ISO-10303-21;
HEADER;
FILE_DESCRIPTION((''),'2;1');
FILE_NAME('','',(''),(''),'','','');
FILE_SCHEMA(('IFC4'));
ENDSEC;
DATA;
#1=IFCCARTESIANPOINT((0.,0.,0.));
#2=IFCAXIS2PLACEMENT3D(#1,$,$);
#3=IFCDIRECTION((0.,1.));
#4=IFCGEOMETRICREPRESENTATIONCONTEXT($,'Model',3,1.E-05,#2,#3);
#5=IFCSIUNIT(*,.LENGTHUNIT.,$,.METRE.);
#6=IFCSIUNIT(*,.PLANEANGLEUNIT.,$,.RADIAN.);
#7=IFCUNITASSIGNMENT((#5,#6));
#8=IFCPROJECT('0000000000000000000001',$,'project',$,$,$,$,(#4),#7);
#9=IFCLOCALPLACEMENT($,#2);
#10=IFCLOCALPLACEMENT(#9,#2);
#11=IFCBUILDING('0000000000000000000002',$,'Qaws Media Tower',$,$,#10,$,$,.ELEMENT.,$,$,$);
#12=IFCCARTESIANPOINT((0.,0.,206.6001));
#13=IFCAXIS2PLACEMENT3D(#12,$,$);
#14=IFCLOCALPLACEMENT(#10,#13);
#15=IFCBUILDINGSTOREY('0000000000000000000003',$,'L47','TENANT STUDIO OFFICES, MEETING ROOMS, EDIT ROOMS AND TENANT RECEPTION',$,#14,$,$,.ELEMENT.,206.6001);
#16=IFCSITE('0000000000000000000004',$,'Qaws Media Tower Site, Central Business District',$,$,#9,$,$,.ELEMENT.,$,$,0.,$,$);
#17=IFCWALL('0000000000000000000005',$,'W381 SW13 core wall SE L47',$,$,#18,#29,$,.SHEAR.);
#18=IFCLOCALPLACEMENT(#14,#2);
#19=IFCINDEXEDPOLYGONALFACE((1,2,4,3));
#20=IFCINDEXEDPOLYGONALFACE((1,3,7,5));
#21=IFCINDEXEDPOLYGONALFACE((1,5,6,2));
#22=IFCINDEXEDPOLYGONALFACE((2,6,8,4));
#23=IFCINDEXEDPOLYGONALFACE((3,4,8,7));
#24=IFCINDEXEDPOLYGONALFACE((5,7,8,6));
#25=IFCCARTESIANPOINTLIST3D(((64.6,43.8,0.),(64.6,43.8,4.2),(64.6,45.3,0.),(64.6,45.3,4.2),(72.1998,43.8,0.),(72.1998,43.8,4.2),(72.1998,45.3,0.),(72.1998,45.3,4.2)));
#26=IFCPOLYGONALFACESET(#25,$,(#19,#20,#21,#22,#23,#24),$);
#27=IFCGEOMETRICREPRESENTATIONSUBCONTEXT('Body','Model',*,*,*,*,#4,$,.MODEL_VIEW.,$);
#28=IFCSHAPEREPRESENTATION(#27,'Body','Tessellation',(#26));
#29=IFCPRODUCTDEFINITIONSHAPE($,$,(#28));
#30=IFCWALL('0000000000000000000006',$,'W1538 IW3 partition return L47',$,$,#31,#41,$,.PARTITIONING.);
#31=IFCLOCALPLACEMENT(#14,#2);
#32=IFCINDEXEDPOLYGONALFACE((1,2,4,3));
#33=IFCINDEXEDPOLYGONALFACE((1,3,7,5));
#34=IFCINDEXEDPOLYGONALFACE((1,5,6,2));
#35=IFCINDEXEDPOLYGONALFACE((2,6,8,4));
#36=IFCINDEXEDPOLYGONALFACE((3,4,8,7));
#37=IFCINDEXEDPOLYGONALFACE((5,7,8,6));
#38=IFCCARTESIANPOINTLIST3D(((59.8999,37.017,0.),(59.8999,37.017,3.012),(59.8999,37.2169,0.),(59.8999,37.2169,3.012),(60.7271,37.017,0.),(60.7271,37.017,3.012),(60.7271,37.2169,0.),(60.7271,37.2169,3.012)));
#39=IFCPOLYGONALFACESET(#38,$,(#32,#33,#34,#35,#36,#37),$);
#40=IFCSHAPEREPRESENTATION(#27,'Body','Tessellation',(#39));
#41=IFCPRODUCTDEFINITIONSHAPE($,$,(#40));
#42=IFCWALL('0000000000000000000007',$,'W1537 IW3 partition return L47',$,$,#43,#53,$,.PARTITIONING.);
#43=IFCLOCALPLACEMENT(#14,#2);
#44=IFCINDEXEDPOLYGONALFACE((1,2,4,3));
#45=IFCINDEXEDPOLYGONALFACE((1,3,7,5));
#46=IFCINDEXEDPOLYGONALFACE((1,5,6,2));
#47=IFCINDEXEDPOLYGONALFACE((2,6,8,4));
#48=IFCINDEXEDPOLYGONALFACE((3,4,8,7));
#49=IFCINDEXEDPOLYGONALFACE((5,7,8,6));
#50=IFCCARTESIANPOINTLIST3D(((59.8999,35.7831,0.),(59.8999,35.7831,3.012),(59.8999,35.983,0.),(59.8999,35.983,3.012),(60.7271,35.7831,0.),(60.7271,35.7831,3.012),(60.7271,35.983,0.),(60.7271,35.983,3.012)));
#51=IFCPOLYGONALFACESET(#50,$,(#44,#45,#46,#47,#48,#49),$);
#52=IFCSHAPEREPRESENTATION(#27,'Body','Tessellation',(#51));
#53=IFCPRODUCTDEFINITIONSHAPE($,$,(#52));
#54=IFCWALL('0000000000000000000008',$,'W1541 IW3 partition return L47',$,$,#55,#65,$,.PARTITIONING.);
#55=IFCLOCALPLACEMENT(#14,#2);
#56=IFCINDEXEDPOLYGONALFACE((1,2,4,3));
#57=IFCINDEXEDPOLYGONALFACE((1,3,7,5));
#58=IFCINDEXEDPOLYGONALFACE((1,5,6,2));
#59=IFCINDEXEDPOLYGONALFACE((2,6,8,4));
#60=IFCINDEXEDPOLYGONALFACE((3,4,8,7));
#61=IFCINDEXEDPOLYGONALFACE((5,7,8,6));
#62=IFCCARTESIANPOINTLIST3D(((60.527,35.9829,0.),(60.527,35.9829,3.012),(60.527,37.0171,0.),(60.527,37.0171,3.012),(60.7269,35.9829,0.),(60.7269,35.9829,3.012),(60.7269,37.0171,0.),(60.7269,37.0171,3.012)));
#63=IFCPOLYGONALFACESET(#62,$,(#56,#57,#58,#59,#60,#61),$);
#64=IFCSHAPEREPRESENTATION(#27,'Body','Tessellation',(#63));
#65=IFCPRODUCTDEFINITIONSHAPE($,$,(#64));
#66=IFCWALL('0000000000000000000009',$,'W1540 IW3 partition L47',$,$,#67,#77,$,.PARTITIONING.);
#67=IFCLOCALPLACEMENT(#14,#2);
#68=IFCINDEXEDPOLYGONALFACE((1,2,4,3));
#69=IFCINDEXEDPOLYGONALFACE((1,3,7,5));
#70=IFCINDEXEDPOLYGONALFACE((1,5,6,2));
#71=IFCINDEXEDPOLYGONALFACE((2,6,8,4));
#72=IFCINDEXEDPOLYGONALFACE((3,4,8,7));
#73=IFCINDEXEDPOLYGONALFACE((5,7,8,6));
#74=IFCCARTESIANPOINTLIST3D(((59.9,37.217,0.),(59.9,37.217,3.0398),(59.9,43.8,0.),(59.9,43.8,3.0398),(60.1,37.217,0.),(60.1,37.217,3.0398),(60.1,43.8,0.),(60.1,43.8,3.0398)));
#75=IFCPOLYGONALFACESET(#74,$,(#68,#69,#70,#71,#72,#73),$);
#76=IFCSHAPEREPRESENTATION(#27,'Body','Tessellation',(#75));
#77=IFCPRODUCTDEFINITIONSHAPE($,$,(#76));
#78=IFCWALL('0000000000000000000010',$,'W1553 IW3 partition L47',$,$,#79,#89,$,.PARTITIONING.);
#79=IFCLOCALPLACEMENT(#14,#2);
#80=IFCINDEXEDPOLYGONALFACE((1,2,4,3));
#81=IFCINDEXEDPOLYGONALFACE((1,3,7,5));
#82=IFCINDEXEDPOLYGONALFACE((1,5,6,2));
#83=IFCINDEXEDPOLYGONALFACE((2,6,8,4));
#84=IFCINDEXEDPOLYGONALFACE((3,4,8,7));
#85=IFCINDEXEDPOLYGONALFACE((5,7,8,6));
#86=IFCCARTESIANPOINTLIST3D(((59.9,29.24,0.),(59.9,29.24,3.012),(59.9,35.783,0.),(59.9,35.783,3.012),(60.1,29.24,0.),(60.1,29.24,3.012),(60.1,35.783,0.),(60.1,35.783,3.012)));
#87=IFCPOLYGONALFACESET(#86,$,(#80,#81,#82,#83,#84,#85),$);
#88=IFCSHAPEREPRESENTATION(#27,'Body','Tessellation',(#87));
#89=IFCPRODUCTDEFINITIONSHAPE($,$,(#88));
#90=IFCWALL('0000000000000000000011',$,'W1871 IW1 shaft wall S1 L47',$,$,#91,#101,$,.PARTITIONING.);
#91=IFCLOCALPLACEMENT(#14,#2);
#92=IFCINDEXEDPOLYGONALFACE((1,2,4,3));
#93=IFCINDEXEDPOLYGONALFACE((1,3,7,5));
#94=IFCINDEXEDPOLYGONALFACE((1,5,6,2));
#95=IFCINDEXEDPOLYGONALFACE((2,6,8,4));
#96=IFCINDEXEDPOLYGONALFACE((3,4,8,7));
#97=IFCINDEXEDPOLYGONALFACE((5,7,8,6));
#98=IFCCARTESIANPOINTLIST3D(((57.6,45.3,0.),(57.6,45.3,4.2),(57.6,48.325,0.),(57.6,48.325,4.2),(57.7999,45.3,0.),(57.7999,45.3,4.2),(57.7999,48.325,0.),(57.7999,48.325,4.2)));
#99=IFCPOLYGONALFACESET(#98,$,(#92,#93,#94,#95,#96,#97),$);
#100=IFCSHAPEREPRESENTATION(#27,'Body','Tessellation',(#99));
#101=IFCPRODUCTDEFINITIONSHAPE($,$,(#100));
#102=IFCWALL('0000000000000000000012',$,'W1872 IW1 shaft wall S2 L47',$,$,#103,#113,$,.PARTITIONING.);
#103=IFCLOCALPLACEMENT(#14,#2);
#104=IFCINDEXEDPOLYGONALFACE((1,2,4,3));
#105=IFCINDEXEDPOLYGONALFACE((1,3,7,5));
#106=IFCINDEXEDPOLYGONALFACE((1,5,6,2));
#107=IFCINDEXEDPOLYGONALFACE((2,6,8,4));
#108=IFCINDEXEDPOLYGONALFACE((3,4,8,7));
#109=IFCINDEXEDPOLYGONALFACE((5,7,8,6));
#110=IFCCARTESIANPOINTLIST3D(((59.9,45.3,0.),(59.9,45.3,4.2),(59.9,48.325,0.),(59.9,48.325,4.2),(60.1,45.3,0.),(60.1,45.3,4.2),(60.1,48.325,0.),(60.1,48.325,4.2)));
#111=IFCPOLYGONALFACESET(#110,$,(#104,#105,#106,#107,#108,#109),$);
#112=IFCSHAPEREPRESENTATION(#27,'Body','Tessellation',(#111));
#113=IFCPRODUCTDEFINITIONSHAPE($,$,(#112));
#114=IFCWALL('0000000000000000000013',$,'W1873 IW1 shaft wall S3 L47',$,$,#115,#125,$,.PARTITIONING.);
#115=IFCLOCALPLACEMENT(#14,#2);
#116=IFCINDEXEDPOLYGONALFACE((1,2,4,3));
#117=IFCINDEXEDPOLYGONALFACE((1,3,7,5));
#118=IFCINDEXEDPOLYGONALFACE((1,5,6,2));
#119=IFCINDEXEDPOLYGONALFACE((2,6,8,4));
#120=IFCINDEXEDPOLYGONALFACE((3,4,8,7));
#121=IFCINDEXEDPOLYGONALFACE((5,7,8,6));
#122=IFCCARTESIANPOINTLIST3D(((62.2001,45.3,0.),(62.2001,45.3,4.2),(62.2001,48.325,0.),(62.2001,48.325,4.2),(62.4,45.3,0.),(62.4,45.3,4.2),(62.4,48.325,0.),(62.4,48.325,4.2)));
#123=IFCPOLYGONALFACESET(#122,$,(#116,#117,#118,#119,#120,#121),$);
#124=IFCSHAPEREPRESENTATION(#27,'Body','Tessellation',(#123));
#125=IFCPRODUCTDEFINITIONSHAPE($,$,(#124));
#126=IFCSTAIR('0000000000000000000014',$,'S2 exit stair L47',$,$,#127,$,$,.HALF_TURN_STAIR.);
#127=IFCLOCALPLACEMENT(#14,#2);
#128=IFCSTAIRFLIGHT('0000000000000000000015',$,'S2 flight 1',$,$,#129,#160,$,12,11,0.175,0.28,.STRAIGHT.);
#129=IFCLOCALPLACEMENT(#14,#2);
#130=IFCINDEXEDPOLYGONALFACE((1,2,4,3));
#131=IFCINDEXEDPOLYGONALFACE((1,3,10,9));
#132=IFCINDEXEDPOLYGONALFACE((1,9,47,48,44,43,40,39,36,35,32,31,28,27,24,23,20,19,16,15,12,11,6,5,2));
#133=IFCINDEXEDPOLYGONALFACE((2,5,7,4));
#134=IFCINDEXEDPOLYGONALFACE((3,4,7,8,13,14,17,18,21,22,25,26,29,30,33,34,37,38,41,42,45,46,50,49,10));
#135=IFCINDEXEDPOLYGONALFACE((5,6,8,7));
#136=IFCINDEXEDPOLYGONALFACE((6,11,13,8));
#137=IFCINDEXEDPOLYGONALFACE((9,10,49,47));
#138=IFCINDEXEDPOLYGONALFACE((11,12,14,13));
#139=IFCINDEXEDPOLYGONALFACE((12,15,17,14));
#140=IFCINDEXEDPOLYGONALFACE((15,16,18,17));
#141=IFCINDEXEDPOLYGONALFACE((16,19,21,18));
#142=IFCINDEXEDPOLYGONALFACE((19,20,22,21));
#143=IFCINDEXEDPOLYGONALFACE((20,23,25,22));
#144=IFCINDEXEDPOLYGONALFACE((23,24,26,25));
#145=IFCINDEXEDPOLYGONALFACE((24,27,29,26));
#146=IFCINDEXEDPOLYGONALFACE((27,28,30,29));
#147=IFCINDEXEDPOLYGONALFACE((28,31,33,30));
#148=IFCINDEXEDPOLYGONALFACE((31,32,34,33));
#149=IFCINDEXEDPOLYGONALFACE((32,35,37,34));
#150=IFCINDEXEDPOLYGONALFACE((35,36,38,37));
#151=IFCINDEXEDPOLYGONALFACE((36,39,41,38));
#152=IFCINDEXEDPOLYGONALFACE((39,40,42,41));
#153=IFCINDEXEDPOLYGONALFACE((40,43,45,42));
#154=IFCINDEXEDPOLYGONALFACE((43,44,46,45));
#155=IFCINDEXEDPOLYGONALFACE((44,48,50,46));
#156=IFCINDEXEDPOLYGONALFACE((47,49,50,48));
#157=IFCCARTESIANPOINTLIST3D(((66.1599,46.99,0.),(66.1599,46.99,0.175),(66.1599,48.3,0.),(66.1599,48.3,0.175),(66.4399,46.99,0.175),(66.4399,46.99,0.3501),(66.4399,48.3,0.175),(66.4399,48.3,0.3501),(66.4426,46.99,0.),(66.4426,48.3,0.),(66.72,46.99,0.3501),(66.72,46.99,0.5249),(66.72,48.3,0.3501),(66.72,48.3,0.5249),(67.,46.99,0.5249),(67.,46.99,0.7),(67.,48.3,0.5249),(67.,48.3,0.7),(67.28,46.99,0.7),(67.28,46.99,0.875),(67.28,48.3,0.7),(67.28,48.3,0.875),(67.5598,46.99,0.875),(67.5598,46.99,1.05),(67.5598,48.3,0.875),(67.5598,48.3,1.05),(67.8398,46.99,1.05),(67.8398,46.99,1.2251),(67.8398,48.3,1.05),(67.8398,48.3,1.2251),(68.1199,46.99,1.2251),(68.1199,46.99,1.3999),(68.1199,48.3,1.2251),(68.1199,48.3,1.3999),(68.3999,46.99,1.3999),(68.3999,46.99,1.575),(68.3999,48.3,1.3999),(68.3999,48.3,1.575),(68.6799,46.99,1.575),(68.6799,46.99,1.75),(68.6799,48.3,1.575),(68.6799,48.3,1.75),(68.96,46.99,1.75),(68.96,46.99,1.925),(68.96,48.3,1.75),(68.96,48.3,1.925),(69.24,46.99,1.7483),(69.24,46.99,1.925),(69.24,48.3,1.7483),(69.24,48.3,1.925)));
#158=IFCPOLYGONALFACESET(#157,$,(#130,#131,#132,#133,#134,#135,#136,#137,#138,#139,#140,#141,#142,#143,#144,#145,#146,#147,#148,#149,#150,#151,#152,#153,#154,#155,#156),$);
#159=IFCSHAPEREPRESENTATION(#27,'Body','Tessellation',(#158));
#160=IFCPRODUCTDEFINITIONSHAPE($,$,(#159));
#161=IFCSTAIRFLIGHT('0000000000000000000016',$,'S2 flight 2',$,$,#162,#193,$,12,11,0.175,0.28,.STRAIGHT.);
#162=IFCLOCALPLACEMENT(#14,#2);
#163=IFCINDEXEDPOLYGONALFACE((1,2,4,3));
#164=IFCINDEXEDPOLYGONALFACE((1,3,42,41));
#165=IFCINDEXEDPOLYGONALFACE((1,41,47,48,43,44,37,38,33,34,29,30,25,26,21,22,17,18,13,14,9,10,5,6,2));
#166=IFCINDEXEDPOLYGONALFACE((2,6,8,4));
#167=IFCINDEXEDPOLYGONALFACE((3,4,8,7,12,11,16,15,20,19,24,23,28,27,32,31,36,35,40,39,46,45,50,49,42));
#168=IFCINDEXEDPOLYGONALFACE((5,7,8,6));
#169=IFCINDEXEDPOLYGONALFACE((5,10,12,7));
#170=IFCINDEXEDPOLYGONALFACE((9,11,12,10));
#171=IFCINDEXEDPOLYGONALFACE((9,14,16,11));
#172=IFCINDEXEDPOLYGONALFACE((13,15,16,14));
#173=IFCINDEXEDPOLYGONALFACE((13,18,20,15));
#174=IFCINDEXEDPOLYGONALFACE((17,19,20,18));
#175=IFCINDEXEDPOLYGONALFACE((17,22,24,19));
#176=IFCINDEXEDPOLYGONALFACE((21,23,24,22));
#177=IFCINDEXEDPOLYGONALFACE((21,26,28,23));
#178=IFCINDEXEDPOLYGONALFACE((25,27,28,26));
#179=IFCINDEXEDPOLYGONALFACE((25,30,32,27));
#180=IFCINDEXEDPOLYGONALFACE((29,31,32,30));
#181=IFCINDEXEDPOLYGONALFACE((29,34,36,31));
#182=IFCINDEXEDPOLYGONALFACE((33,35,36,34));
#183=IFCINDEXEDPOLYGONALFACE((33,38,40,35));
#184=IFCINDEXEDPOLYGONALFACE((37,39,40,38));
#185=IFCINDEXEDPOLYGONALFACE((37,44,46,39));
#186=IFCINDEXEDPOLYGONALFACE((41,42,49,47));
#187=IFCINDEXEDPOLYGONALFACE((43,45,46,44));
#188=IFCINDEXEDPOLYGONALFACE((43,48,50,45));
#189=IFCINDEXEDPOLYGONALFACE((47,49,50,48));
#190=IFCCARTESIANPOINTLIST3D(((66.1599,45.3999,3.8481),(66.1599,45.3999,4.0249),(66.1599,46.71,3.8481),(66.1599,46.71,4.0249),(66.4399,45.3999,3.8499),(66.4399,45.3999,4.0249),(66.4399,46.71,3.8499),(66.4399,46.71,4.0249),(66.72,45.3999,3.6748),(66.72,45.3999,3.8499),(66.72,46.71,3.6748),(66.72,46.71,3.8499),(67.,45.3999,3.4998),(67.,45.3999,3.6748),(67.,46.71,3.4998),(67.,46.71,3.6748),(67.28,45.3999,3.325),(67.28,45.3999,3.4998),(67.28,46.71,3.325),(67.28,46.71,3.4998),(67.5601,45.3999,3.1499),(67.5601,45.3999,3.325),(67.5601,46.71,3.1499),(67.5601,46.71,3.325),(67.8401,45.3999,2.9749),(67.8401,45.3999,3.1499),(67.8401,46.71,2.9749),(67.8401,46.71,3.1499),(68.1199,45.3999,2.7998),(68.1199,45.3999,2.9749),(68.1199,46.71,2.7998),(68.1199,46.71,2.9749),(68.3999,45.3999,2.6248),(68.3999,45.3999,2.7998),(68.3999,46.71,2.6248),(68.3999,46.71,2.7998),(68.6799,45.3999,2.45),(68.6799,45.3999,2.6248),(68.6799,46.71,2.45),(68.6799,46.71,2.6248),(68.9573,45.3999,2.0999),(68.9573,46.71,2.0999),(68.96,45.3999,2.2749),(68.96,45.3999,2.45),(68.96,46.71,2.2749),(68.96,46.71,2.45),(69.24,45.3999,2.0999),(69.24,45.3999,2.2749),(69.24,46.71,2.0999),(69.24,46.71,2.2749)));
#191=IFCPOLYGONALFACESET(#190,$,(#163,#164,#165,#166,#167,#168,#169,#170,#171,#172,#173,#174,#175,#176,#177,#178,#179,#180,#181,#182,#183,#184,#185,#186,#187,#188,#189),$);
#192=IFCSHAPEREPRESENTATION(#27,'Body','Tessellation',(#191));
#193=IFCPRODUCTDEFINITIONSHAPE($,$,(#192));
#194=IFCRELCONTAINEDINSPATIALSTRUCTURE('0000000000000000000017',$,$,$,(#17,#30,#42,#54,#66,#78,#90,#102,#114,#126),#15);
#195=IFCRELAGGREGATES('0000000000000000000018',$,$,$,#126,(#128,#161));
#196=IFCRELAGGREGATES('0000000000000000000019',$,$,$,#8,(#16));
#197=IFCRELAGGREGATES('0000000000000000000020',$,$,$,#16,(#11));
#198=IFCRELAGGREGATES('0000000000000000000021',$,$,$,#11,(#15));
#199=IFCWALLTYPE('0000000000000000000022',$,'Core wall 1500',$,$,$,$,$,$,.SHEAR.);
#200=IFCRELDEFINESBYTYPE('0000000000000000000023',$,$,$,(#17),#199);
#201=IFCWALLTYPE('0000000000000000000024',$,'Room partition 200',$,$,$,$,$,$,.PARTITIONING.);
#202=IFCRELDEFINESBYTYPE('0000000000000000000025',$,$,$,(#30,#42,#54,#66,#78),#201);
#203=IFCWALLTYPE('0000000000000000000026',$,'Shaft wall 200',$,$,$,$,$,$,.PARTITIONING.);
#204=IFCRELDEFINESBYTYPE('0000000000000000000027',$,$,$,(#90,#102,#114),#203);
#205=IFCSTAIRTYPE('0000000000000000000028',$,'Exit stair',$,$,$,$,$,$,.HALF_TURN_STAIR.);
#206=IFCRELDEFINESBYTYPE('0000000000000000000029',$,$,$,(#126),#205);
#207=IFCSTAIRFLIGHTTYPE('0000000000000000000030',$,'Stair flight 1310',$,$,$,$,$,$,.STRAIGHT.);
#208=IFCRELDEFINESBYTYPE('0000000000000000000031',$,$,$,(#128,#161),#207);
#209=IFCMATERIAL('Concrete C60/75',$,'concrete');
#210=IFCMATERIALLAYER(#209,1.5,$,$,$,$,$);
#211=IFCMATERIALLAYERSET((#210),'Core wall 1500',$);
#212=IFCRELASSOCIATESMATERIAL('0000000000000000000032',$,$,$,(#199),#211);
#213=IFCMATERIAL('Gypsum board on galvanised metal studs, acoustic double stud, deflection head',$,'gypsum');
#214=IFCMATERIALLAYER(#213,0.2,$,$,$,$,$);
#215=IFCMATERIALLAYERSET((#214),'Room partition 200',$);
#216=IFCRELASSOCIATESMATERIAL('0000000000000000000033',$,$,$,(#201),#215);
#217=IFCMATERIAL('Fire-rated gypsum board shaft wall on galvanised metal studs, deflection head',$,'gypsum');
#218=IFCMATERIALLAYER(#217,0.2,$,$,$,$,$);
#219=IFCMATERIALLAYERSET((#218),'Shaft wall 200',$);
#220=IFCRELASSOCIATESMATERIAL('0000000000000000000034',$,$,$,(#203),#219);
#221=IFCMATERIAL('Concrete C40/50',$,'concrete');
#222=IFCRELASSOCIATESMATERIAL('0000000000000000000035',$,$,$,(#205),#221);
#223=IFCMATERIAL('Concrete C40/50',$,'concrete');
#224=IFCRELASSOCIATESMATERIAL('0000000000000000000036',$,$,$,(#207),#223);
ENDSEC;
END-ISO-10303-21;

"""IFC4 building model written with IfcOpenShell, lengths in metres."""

from ifc_helpers import new_model, si_unit, direction, frame, frame_2d, origin, place, context, subcontext, project, spatial, polyline, rectangle, outline, extrude, material, layer, layer_set, type_object, element, aggregate, save


model = new_model("IFC4")

# Units and contexts
model_context = context("Model", 3, precision=1e-05, world=origin(), true_north=direction((0.0, 1.0)))
body_context = subcontext(model_context, "Body", "Model", "MODEL_VIEW")
ifc_project = project(units=[si_unit("LENGTHUNIT", "METRE"), si_unit("PLANEANGLEUNIT", "RADIAN")], contexts=[model_context])

# Site, building, storey
site_placement = place(None, origin())
site = spatial("IfcSite", under=ifc_project, at=site_placement, Name="Qaws Media Tower Site, Central Business District", CompositionType="ELEMENT", RefElevation=0.0)
building_placement = place(site_placement, origin())
building = spatial("IfcBuilding", under=site, at=building_placement, Name="Qaws Media Tower", CompositionType="ELEMENT")
storey_placement = place(building_placement, frame((0.0, 0.0, 206.6001)))
storey = spatial("IfcBuildingStorey", under=building, at=storey_placement, Name="L47", Description="TENANT STUDIO OFFICES, MEETING ROOMS, EDIT ROOMS AND TENANT RECEPTION", CompositionType="ELEMENT", Elevation=206.6001)

# Walls
ifc_material_1 = material(Name="Concrete C60/75", Category="concrete")
ifc_layer_1 = layer(ifc_material_1, 1.5)
ifc_layer_set_1 = layer_set([ifc_layer_1], Name="Core wall 1500")
wall_type_1 = type_object("IfcWallType", Name="Core wall 1500", PredefinedType="SHEAR", material=ifc_layer_set_1)
wall_1_placement = place(storey_placement, frame((64.6001, 44.55, 0.0), z_axis=(0.0, 0.0, 1.0), x_axis=(1.0, 0.0, 0.0)))
element("IfcWall", 1, at=wall_1_placement, inside=storey, type_object=wall_type_1, Name="W381 SW13 core wall SE L47", PredefinedType="SHEAR", context=body_context, shape_type="SweptSolid", body=[
    extrude(rectangle(XDim=7.5999, YDim=1.5, at=frame_2d((3.7998, 0.0))), origin(), (0.0, 0.0, 1.0), 4.2),
])
ifc_material_2 = material(Name="Gypsum board on galvanised metal studs, acoustic double stud, deflection head", Category="gypsum")
ifc_layer_2 = layer(ifc_material_2, 0.2)
ifc_layer_set_2 = layer_set([ifc_layer_2], Name="Room partition 200")
wall_type_2 = type_object("IfcWallType", Name="Room partition 200", PredefinedType="PARTITIONING", material=ifc_layer_set_2)
for number, where, z_axis, x_axis, name in (
    (2, (59.8999, 37.1169, 0.0), (0.0, 0.0, 1.0), (1.0, 0.0, 0.0), "W1538 IW3 partition return L47"),
    (3, (59.8999, 35.8831, 0.0), (0.0, 0.0, 1.0), (1.0, 0.0, 0.0), "W1537 IW3 partition return L47"),
):
    element("IfcWall", number, at=place(storey_placement, frame(where, z_axis=z_axis, x_axis=x_axis)), inside=storey, type_object=wall_type_2, Name=name, PredefinedType="PARTITIONING", context=body_context, shape_type="SweptSolid", body=[
        extrude(rectangle(XDim=0.8271, YDim=0.2, at=frame_2d((0.4136, 0.0))), origin(), (0.0, 0.0, 1.0), 3.012),
    ])
wall_2_placement = place(storey_placement, frame((60.627, 37.0171, 0.0), z_axis=(0.0, 0.0, 1.0), x_axis=(0.0, -1.0, 0.0)))
element("IfcWall", 4, at=wall_2_placement, inside=storey, type_object=wall_type_2, Name="W1541 IW3 partition return L47", PredefinedType="PARTITIONING", context=body_context, shape_type="SweptSolid", body=[
    extrude(rectangle(XDim=1.0342, YDim=0.2, at=frame_2d((0.5171, 0.0))), origin(), (0.0, 0.0, 1.0), 3.012),
])
wall_3_placement = place(storey_placement, frame((60.0, 43.8, 0.0), z_axis=(0.0, 0.0, 1.0), x_axis=(0.0, -1.0, 0.0)))
element("IfcWall", 5, at=wall_3_placement, inside=storey, type_object=wall_type_2, Name="W1540 IW3 partition L47", PredefinedType="PARTITIONING", context=body_context, shape_type="SweptSolid", body=[
    extrude(rectangle(XDim=6.583, YDim=0.2, at=frame_2d((3.2915, 0.0))), origin(), (0.0, 0.0, 1.0), 3.0398),
])
wall_4_placement = place(storey_placement, frame((60.0, 35.783, 0.0), z_axis=(0.0, 0.0, 1.0), x_axis=(0.0, -1.0, 0.0)))
element("IfcWall", 6, at=wall_4_placement, inside=storey, type_object=wall_type_2, Name="W1553 IW3 partition L47", PredefinedType="PARTITIONING", context=body_context, shape_type="SweptSolid", body=[
    extrude(rectangle(XDim=6.543, YDim=0.2, at=frame_2d((3.2715, 0.0))), origin(), (0.0, 0.0, 1.0), 3.012),
])
ifc_material_3 = material(Name="Fire-rated gypsum board shaft wall on galvanised metal studs, deflection head", Category="gypsum")
ifc_layer_3 = layer(ifc_material_3, 0.2)
ifc_layer_set_3 = layer_set([ifc_layer_3], Name="Shaft wall 200")
wall_type_3 = type_object("IfcWallType", Name="Shaft wall 200", PredefinedType="PARTITIONING", material=ifc_layer_set_3)
for number, where, z_axis, x_axis, name in (
    (7, (57.7, 45.3, 0.0), (0.0, 0.0, 1.0), (0.0, 1.0, 0.0), "W1871 IW1 shaft wall S1 L47"),
    (8, (60.0, 45.3, 0.0), (0.0, 0.0, 1.0), (0.0, 1.0, 0.0), "W1872 IW1 shaft wall S2 L47"),
    (9, (62.3, 45.3, 0.0), (0.0, 0.0, 1.0), (0.0, 1.0, 0.0), "W1873 IW1 shaft wall S3 L47"),
):
    element("IfcWall", number, at=place(storey_placement, frame(where, z_axis=z_axis, x_axis=x_axis)), inside=storey, type_object=wall_type_3, Name=name, PredefinedType="PARTITIONING", context=body_context, shape_type="SweptSolid", body=[
        extrude(rectangle(XDim=3.0249, YDim=0.2, at=frame_2d((1.5125, 0.0))), origin(), (0.0, 0.0, 1.0), 4.2),
    ])

# Stair, stair flights
ifc_material_4 = material(Name="Concrete C40/50", Category="concrete")
stair_type = type_object("IfcStairType", Name="Exit stair", PredefinedType="HALF_TURN_STAIR", material=ifc_material_4)
stair_placement = place(storey_placement, origin())
stair = element("IfcStair", 10, at=stair_placement, inside=storey, type_object=stair_type, Name="S2 exit stair L47", PredefinedType="HALF_TURN_STAIR")
ifc_material_5 = material(Name="Concrete C40/50", Category="concrete")
stair_flight_type = type_object("IfcStairFlightType", Name="Stair flight 1310", PredefinedType="STRAIGHT", material=ifc_material_5)
stair_flight_1_placement = place(storey_placement, frame((66.1599, 47.645, 0.0), z_axis=(0.0, 0.0, 1.0), x_axis=(1.0, 0.0, 0.0)))
stair_flight_1 = element("IfcStairFlight", 11, at=stair_flight_1_placement, type_object=stair_flight_type, Name="S2 flight 1", NumberOfRisers=12, NumberOfTreads=11, PredefinedType="STRAIGHT", RiserHeight=0.175, TreadLength=0.28, context=body_context, shape_type="SweptSolid", body=[
    extrude(outline(polyline([(0.0, 0.0), (0.0, 0.175), (0.28, 0.175), (0.28, 0.3501), (0.5601, 0.3501), (0.5601, 0.5249), (0.8401, 0.5249), (0.8401, 0.7), (1.1201, 0.7), (1.1201, 0.875), (1.3999, 0.875), (1.3999, 1.05), (1.6799, 1.05), (1.6799, 1.2251), (1.96, 1.2251), (1.96, 1.3999), (2.24, 1.3999), (2.24, 1.575), (2.52, 1.575), (2.52, 1.75), (2.8, 1.75), (2.8, 1.925), (3.0801, 1.925), (3.0801, 2.1001), (3.0801, 1.7483), (0.2827, 0.0), (0.0, 0.0)])), frame((0.0, 0.655, 0.0), z_axis=(0.0, -1.0, 0.0), x_axis=(1.0, 0.0, 0.0)), (0.0, 0.0, 1.0), 1.3101),
])
stair_flight_2_placement = place(storey_placement, frame((69.24, 46.0549, 2.0999), z_axis=(0.0, 0.0, 1.0), x_axis=(-1.0, 0.0, 0.0)))
stair_flight_2 = element("IfcStairFlight", 12, at=stair_flight_2_placement, type_object=stair_flight_type, Name="S2 flight 2", NumberOfRisers=12, NumberOfTreads=11, PredefinedType="STRAIGHT", RiserHeight=0.175, TreadLength=0.28, context=body_context, shape_type="SweptSolid", body=[
    extrude(outline(polyline([(0.0, 0.0), (0.0, 0.175), (0.28, 0.175), (0.28, 0.3501), (0.5601, 0.3501), (0.5601, 0.5249), (0.8401, 0.5249), (0.8401, 0.7), (1.1201, 0.7), (1.1201, 0.875), (1.3999, 0.875), (1.3999, 1.05), (1.6799, 1.05), (1.6799, 1.2251), (1.96, 1.2251), (1.96, 1.3999), (2.24, 1.3999), (2.24, 1.575), (2.52, 1.575), (2.52, 1.75), (2.8, 1.75), (2.8, 1.925), (3.0801, 1.925), (3.0801, 2.1001), (3.0801, 1.7483), (0.2827, 0.0), (0.0, 0.0)])), frame((0.0, 0.655, 0.0), z_axis=(0.0, -1.0, 0.0), x_axis=(1.0, 0.0, 0.0)), (0.0, 0.0, 1.0), 1.3101),
])
aggregate(stair, [stair_flight_1, stair_flight_2])

save(model, "model.ifc")
